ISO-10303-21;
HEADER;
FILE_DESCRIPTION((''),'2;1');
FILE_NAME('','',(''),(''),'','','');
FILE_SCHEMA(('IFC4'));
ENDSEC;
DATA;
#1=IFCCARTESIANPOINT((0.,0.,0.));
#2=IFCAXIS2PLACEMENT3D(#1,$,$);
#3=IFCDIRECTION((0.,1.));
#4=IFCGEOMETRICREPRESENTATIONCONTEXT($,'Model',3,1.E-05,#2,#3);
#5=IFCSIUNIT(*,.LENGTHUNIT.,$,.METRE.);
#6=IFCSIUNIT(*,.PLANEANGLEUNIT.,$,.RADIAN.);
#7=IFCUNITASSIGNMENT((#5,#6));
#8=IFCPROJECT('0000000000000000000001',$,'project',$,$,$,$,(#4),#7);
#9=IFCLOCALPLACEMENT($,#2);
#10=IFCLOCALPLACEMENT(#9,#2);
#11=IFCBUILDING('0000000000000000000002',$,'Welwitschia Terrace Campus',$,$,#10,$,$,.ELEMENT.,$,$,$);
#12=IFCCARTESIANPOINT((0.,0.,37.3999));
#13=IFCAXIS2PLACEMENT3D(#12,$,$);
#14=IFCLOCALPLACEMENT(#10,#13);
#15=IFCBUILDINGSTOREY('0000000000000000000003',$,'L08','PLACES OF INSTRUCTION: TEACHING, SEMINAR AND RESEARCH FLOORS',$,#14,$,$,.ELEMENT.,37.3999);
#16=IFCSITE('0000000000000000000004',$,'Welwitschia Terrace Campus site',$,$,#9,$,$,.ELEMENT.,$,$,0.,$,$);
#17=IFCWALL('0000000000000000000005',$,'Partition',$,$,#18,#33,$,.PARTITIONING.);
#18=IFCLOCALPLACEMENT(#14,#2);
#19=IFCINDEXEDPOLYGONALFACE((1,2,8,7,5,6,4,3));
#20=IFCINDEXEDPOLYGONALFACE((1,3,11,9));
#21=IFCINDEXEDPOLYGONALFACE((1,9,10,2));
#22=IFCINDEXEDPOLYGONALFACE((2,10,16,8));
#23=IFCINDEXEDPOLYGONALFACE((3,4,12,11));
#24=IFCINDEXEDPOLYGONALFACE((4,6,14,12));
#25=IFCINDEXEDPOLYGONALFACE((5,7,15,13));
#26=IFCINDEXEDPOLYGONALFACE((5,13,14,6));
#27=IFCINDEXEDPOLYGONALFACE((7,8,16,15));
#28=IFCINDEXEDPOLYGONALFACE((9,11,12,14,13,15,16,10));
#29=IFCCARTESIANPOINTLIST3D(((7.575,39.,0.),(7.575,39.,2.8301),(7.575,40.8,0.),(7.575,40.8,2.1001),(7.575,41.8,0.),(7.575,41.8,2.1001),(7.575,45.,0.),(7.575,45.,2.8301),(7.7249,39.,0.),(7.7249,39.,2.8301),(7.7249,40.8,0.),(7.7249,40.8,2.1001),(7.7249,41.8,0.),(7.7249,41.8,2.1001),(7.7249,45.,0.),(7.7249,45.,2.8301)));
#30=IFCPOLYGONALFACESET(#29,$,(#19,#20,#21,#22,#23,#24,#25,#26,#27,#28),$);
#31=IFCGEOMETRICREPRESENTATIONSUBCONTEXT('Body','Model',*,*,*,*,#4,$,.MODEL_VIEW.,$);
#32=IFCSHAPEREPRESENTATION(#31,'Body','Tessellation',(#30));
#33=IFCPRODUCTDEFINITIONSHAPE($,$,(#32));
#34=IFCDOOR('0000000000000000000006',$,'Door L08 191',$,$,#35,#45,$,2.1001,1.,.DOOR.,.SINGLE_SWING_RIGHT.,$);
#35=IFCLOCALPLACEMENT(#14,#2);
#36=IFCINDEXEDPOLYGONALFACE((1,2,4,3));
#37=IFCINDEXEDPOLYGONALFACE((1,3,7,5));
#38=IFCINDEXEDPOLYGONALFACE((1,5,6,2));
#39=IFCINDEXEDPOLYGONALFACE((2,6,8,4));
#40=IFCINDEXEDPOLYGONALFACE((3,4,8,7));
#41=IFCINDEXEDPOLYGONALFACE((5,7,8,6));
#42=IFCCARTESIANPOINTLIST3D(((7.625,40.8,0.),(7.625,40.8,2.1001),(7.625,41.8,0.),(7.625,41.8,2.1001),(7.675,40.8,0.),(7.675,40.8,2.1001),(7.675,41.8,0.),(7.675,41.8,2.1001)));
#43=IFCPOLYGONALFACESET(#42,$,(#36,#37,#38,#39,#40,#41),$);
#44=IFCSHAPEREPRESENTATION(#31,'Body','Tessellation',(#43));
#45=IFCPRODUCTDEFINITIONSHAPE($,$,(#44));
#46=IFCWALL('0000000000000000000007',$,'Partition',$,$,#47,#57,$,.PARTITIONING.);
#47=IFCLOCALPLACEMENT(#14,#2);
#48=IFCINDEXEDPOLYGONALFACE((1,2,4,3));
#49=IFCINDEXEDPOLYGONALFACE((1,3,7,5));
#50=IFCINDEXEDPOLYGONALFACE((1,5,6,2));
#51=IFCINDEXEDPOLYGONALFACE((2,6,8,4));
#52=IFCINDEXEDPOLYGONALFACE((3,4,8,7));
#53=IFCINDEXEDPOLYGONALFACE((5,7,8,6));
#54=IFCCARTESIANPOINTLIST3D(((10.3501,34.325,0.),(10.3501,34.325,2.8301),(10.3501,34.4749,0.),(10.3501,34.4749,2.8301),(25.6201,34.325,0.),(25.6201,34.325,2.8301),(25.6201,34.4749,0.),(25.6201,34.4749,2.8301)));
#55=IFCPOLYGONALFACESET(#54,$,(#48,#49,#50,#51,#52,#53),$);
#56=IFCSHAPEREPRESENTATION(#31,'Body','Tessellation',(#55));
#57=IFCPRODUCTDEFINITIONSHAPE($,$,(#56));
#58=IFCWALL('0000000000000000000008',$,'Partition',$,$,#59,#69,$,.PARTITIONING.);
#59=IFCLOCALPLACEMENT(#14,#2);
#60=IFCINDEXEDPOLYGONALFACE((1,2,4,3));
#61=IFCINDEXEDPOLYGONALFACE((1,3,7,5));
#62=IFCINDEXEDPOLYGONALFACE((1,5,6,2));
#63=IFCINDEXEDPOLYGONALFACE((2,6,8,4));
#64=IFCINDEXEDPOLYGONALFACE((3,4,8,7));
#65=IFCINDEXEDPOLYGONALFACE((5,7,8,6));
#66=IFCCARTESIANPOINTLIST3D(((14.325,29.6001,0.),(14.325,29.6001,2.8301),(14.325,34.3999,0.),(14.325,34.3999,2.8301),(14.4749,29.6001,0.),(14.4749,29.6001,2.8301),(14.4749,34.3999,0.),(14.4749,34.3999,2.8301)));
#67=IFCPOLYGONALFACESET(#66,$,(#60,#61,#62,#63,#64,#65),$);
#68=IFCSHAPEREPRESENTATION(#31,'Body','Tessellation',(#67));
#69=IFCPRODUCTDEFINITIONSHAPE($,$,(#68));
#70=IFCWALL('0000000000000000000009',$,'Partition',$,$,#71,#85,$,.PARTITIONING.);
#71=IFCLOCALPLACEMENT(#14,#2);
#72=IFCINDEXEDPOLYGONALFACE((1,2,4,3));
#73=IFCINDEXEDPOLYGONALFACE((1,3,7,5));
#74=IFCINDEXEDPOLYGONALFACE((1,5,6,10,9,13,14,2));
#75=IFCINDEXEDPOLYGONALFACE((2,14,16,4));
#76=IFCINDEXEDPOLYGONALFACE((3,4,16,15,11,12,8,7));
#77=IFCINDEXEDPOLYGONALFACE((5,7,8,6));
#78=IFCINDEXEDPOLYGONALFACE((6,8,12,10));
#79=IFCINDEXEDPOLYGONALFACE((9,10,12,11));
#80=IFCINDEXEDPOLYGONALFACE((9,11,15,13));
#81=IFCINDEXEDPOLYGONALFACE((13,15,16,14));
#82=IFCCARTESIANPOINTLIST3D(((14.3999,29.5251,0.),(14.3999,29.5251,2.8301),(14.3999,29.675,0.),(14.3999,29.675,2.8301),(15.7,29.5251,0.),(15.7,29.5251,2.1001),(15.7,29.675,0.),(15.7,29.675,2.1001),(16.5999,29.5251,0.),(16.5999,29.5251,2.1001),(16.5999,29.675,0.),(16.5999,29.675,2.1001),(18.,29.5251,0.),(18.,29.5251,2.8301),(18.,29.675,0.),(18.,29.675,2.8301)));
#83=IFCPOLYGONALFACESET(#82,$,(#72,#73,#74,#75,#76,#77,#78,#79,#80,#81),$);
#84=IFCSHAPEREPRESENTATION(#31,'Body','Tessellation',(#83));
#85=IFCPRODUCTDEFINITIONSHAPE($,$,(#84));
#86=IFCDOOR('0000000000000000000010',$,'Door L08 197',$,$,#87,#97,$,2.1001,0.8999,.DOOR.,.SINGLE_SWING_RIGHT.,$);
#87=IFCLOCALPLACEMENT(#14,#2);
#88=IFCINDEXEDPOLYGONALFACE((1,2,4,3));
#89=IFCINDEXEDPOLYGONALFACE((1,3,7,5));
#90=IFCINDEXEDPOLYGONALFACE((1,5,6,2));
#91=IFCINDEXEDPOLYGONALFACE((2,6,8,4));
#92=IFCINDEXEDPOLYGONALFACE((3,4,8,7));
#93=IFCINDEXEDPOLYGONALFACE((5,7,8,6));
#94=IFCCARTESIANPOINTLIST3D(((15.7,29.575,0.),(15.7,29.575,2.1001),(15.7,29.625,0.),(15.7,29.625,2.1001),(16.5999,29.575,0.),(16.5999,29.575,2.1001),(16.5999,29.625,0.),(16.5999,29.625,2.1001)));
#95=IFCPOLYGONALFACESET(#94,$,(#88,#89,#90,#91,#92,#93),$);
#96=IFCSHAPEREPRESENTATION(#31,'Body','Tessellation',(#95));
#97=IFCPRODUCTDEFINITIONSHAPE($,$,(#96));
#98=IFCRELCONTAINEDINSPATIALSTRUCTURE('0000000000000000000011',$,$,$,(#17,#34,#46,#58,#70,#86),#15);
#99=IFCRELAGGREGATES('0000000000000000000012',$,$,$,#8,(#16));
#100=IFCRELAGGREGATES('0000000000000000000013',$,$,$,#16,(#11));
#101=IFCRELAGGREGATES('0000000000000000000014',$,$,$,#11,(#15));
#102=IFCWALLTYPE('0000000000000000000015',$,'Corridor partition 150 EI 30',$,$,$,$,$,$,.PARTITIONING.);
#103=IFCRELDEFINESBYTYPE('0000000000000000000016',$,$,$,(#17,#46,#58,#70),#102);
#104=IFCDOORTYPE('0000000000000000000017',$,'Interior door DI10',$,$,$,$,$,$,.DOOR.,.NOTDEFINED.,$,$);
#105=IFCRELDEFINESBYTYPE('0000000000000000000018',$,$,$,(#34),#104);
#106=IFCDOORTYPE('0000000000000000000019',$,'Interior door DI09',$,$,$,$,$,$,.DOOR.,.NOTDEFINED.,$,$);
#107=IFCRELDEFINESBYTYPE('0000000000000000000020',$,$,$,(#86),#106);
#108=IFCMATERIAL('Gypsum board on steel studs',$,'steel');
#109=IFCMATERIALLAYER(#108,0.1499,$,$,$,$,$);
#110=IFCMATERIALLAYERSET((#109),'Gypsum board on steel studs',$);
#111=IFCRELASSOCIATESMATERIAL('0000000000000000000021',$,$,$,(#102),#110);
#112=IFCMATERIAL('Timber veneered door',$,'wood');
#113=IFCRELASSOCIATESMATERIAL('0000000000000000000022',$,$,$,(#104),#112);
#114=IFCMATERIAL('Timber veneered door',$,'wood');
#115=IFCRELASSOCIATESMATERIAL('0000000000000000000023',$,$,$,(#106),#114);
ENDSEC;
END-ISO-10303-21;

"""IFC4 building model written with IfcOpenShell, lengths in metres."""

from ifc_helpers import new_model, si_unit, direction, frame, frame_2d, origin, place, context, subcontext, project, spatial, rectangle, extrude, material, layer, layer_set, type_object, element, fill, save


model = new_model("IFC4")

# Units and contexts
model_context = context("Model", 3, precision=1e-05, world=origin(), true_north=direction((0.0, 1.0)))
body_context = subcontext(model_context, "Body", "Model", "MODEL_VIEW")
ifc_project = project(units=[si_unit("LENGTHUNIT", "METRE"), si_unit("PLANEANGLEUNIT", "RADIAN")], contexts=[model_context])

# Site, building, storey
site_placement = place(None, origin())
site = spatial("IfcSite", under=ifc_project, at=site_placement, Name="Welwitschia Terrace Campus site", CompositionType="ELEMENT", RefElevation=0.0)
building_placement = place(site_placement, origin())
building = spatial("IfcBuilding", under=site, at=building_placement, Name="Welwitschia Terrace Campus", CompositionType="ELEMENT")
storey_placement = place(building_placement, frame((0.0, 0.0, 37.3999)))
storey = spatial("IfcBuildingStorey", under=building, at=storey_placement, Name="L08", Description="PLACES OF INSTRUCTION: TEACHING, SEMINAR AND RESEARCH FLOORS", CompositionType="ELEMENT", Elevation=37.3999)

# Shared definitions
ifc_material_1 = material(Name="Gypsum board on steel studs", Category="steel")
ifc_layer_1 = layer(ifc_material_1, 0.1499)
ifc_layer_set_1 = layer_set([ifc_layer_1], Name="Gypsum board on steel studs")
wall_type_1 = type_object("IfcWallType", Name="Corridor partition 150 EI 30", PredefinedType="PARTITIONING", material=ifc_layer_set_1)

# Wall, opening, door
ifc_material_2 = material(Name="Timber veneered door", Category="wood")
door_type_1 = type_object("IfcDoorType", Name="Interior door DI10", OperationType="NOTDEFINED", PredefinedType="DOOR", material=ifc_material_2)
wall_1_placement = place(storey_placement, frame((7.6499, 39.0, 0.0), z_axis=(0.0, 0.0, 1.0), x_axis=(0.0, 1.0, 0.0)))
wall_1 = element("IfcWall", 1, at=wall_1_placement, inside=storey, type_object=wall_type_1, Name="Partition", PredefinedType="PARTITIONING", context=body_context, shape_type="SweptSolid", body=[
    extrude(rectangle(XDim=6.0, YDim=0.1499, at=frame_2d((3.0, 0.0))), origin(), (0.0, 0.0, 1.0), 2.8301),
])
opening_1_placement = place(wall_1_placement, frame((1.8, 0.0, 0.0)))
opening_1 = element("IfcOpeningElement", 2, at=opening_1_placement, cuts=wall_1, PredefinedType="OPENING", context=body_context, shape_type="SweptSolid", body=[
    extrude(rectangle(XDim=1.0, YDim=2.1001, at=frame_2d((0.5, 1.05))), frame((0.0, 0.085, 0.0), z_axis=(0.0, -1.0, 0.0), x_axis=(1.0, 0.0, 0.0)), (0.0, 0.0, 1.0), 0.1699),
])
door_1_placement = place(opening_1_placement, origin())
door_1 = element("IfcDoor", 3, at=door_1_placement, inside=storey, type_object=door_type_1, Name="Door L08 191", OperationType="SINGLE_SWING_RIGHT", OverallHeight=2.1001, OverallWidth=1.0, PredefinedType="DOOR", context=body_context, shape_type="SweptSolid", body=[
    extrude(rectangle(XDim=1.0, YDim=2.1001, at=frame_2d((0.5, 1.05))), frame((0.0, 0.0249, 0.0), z_axis=(0.0, -1.0, 0.0), x_axis=(1.0, 0.0, 0.0)), (0.0, 0.0, 1.0), 0.05),
])
fill(opening_1, door_1)

# Walls
wall_2_placement = place(storey_placement, frame((10.3501, 34.3999, 0.0), z_axis=(0.0, 0.0, 1.0), x_axis=(1.0, 0.0, 0.0)))
element("IfcWall", 4, at=wall_2_placement, inside=storey, type_object=wall_type_1, Name="Partition", PredefinedType="PARTITIONING", context=body_context, shape_type="SweptSolid", body=[
    extrude(rectangle(XDim=15.27, YDim=0.1499, at=frame_2d((7.635, 0.0))), origin(), (0.0, 0.0, 1.0), 2.8301),
])
wall_3_placement = place(storey_placement, frame((14.3999, 29.6001, 0.0), z_axis=(0.0, 0.0, 1.0), x_axis=(0.0, 1.0, 0.0)))
element("IfcWall", 5, at=wall_3_placement, inside=storey, type_object=wall_type_1, Name="Partition", PredefinedType="PARTITIONING", context=body_context, shape_type="SweptSolid", body=[
    extrude(rectangle(XDim=4.7998, YDim=0.1499, at=frame_2d((2.3999, 0.0))), origin(), (0.0, 0.0, 1.0), 2.8301),
])

# Wall, opening, door
wall_4_placement = place(storey_placement, frame((14.3999, 29.6001, 0.0), z_axis=(0.0, 0.0, 1.0), x_axis=(1.0, 0.0, 0.0)))
wall_4 = element("IfcWall", 6, at=wall_4_placement, inside=storey, type_object=wall_type_1, Name="Partition", PredefinedType="PARTITIONING", context=body_context, shape_type="SweptSolid", body=[
    extrude(rectangle(XDim=3.6001, YDim=0.1499, at=frame_2d((1.8, 0.0))), origin(), (0.0, 0.0, 1.0), 2.8301),
])
opening_2_placement = place(wall_4_placement, frame((1.3, 0.0, 0.0)))
opening_2 = element("IfcOpeningElement", 7, at=opening_2_placement, cuts=wall_4, PredefinedType="OPENING", context=body_context, shape_type="SweptSolid", body=[
    extrude(rectangle(XDim=0.8999, YDim=2.1001, at=frame_2d((0.45, 1.05))), frame((0.0, 0.085, 0.0), z_axis=(0.0, -1.0, 0.0), x_axis=(1.0, 0.0, 0.0)), (0.0, 0.0, 1.0), 0.1699),
])
ifc_material_3 = material(Name="Timber veneered door", Category="wood")
door_type_2 = type_object("IfcDoorType", Name="Interior door DI09", OperationType="NOTDEFINED", PredefinedType="DOOR", material=ifc_material_3)
door_2_placement = place(opening_2_placement, origin())
door_2 = element("IfcDoor", 8, at=door_2_placement, inside=storey, type_object=door_type_2, Name="Door L08 197", OperationType="SINGLE_SWING_RIGHT", OverallHeight=2.1001, OverallWidth=0.8999, PredefinedType="DOOR", context=body_context, shape_type="SweptSolid", body=[
    extrude(rectangle(XDim=0.8999, YDim=2.1001, at=frame_2d((0.45, 1.05))), frame((0.0, 0.0249, 0.0), z_axis=(0.0, -1.0, 0.0), x_axis=(1.0, 0.0, 0.0)), (0.0, 0.0, 1.0), 0.05),
])
fill(opening_2, door_2)

save(model, "model.ifc")
